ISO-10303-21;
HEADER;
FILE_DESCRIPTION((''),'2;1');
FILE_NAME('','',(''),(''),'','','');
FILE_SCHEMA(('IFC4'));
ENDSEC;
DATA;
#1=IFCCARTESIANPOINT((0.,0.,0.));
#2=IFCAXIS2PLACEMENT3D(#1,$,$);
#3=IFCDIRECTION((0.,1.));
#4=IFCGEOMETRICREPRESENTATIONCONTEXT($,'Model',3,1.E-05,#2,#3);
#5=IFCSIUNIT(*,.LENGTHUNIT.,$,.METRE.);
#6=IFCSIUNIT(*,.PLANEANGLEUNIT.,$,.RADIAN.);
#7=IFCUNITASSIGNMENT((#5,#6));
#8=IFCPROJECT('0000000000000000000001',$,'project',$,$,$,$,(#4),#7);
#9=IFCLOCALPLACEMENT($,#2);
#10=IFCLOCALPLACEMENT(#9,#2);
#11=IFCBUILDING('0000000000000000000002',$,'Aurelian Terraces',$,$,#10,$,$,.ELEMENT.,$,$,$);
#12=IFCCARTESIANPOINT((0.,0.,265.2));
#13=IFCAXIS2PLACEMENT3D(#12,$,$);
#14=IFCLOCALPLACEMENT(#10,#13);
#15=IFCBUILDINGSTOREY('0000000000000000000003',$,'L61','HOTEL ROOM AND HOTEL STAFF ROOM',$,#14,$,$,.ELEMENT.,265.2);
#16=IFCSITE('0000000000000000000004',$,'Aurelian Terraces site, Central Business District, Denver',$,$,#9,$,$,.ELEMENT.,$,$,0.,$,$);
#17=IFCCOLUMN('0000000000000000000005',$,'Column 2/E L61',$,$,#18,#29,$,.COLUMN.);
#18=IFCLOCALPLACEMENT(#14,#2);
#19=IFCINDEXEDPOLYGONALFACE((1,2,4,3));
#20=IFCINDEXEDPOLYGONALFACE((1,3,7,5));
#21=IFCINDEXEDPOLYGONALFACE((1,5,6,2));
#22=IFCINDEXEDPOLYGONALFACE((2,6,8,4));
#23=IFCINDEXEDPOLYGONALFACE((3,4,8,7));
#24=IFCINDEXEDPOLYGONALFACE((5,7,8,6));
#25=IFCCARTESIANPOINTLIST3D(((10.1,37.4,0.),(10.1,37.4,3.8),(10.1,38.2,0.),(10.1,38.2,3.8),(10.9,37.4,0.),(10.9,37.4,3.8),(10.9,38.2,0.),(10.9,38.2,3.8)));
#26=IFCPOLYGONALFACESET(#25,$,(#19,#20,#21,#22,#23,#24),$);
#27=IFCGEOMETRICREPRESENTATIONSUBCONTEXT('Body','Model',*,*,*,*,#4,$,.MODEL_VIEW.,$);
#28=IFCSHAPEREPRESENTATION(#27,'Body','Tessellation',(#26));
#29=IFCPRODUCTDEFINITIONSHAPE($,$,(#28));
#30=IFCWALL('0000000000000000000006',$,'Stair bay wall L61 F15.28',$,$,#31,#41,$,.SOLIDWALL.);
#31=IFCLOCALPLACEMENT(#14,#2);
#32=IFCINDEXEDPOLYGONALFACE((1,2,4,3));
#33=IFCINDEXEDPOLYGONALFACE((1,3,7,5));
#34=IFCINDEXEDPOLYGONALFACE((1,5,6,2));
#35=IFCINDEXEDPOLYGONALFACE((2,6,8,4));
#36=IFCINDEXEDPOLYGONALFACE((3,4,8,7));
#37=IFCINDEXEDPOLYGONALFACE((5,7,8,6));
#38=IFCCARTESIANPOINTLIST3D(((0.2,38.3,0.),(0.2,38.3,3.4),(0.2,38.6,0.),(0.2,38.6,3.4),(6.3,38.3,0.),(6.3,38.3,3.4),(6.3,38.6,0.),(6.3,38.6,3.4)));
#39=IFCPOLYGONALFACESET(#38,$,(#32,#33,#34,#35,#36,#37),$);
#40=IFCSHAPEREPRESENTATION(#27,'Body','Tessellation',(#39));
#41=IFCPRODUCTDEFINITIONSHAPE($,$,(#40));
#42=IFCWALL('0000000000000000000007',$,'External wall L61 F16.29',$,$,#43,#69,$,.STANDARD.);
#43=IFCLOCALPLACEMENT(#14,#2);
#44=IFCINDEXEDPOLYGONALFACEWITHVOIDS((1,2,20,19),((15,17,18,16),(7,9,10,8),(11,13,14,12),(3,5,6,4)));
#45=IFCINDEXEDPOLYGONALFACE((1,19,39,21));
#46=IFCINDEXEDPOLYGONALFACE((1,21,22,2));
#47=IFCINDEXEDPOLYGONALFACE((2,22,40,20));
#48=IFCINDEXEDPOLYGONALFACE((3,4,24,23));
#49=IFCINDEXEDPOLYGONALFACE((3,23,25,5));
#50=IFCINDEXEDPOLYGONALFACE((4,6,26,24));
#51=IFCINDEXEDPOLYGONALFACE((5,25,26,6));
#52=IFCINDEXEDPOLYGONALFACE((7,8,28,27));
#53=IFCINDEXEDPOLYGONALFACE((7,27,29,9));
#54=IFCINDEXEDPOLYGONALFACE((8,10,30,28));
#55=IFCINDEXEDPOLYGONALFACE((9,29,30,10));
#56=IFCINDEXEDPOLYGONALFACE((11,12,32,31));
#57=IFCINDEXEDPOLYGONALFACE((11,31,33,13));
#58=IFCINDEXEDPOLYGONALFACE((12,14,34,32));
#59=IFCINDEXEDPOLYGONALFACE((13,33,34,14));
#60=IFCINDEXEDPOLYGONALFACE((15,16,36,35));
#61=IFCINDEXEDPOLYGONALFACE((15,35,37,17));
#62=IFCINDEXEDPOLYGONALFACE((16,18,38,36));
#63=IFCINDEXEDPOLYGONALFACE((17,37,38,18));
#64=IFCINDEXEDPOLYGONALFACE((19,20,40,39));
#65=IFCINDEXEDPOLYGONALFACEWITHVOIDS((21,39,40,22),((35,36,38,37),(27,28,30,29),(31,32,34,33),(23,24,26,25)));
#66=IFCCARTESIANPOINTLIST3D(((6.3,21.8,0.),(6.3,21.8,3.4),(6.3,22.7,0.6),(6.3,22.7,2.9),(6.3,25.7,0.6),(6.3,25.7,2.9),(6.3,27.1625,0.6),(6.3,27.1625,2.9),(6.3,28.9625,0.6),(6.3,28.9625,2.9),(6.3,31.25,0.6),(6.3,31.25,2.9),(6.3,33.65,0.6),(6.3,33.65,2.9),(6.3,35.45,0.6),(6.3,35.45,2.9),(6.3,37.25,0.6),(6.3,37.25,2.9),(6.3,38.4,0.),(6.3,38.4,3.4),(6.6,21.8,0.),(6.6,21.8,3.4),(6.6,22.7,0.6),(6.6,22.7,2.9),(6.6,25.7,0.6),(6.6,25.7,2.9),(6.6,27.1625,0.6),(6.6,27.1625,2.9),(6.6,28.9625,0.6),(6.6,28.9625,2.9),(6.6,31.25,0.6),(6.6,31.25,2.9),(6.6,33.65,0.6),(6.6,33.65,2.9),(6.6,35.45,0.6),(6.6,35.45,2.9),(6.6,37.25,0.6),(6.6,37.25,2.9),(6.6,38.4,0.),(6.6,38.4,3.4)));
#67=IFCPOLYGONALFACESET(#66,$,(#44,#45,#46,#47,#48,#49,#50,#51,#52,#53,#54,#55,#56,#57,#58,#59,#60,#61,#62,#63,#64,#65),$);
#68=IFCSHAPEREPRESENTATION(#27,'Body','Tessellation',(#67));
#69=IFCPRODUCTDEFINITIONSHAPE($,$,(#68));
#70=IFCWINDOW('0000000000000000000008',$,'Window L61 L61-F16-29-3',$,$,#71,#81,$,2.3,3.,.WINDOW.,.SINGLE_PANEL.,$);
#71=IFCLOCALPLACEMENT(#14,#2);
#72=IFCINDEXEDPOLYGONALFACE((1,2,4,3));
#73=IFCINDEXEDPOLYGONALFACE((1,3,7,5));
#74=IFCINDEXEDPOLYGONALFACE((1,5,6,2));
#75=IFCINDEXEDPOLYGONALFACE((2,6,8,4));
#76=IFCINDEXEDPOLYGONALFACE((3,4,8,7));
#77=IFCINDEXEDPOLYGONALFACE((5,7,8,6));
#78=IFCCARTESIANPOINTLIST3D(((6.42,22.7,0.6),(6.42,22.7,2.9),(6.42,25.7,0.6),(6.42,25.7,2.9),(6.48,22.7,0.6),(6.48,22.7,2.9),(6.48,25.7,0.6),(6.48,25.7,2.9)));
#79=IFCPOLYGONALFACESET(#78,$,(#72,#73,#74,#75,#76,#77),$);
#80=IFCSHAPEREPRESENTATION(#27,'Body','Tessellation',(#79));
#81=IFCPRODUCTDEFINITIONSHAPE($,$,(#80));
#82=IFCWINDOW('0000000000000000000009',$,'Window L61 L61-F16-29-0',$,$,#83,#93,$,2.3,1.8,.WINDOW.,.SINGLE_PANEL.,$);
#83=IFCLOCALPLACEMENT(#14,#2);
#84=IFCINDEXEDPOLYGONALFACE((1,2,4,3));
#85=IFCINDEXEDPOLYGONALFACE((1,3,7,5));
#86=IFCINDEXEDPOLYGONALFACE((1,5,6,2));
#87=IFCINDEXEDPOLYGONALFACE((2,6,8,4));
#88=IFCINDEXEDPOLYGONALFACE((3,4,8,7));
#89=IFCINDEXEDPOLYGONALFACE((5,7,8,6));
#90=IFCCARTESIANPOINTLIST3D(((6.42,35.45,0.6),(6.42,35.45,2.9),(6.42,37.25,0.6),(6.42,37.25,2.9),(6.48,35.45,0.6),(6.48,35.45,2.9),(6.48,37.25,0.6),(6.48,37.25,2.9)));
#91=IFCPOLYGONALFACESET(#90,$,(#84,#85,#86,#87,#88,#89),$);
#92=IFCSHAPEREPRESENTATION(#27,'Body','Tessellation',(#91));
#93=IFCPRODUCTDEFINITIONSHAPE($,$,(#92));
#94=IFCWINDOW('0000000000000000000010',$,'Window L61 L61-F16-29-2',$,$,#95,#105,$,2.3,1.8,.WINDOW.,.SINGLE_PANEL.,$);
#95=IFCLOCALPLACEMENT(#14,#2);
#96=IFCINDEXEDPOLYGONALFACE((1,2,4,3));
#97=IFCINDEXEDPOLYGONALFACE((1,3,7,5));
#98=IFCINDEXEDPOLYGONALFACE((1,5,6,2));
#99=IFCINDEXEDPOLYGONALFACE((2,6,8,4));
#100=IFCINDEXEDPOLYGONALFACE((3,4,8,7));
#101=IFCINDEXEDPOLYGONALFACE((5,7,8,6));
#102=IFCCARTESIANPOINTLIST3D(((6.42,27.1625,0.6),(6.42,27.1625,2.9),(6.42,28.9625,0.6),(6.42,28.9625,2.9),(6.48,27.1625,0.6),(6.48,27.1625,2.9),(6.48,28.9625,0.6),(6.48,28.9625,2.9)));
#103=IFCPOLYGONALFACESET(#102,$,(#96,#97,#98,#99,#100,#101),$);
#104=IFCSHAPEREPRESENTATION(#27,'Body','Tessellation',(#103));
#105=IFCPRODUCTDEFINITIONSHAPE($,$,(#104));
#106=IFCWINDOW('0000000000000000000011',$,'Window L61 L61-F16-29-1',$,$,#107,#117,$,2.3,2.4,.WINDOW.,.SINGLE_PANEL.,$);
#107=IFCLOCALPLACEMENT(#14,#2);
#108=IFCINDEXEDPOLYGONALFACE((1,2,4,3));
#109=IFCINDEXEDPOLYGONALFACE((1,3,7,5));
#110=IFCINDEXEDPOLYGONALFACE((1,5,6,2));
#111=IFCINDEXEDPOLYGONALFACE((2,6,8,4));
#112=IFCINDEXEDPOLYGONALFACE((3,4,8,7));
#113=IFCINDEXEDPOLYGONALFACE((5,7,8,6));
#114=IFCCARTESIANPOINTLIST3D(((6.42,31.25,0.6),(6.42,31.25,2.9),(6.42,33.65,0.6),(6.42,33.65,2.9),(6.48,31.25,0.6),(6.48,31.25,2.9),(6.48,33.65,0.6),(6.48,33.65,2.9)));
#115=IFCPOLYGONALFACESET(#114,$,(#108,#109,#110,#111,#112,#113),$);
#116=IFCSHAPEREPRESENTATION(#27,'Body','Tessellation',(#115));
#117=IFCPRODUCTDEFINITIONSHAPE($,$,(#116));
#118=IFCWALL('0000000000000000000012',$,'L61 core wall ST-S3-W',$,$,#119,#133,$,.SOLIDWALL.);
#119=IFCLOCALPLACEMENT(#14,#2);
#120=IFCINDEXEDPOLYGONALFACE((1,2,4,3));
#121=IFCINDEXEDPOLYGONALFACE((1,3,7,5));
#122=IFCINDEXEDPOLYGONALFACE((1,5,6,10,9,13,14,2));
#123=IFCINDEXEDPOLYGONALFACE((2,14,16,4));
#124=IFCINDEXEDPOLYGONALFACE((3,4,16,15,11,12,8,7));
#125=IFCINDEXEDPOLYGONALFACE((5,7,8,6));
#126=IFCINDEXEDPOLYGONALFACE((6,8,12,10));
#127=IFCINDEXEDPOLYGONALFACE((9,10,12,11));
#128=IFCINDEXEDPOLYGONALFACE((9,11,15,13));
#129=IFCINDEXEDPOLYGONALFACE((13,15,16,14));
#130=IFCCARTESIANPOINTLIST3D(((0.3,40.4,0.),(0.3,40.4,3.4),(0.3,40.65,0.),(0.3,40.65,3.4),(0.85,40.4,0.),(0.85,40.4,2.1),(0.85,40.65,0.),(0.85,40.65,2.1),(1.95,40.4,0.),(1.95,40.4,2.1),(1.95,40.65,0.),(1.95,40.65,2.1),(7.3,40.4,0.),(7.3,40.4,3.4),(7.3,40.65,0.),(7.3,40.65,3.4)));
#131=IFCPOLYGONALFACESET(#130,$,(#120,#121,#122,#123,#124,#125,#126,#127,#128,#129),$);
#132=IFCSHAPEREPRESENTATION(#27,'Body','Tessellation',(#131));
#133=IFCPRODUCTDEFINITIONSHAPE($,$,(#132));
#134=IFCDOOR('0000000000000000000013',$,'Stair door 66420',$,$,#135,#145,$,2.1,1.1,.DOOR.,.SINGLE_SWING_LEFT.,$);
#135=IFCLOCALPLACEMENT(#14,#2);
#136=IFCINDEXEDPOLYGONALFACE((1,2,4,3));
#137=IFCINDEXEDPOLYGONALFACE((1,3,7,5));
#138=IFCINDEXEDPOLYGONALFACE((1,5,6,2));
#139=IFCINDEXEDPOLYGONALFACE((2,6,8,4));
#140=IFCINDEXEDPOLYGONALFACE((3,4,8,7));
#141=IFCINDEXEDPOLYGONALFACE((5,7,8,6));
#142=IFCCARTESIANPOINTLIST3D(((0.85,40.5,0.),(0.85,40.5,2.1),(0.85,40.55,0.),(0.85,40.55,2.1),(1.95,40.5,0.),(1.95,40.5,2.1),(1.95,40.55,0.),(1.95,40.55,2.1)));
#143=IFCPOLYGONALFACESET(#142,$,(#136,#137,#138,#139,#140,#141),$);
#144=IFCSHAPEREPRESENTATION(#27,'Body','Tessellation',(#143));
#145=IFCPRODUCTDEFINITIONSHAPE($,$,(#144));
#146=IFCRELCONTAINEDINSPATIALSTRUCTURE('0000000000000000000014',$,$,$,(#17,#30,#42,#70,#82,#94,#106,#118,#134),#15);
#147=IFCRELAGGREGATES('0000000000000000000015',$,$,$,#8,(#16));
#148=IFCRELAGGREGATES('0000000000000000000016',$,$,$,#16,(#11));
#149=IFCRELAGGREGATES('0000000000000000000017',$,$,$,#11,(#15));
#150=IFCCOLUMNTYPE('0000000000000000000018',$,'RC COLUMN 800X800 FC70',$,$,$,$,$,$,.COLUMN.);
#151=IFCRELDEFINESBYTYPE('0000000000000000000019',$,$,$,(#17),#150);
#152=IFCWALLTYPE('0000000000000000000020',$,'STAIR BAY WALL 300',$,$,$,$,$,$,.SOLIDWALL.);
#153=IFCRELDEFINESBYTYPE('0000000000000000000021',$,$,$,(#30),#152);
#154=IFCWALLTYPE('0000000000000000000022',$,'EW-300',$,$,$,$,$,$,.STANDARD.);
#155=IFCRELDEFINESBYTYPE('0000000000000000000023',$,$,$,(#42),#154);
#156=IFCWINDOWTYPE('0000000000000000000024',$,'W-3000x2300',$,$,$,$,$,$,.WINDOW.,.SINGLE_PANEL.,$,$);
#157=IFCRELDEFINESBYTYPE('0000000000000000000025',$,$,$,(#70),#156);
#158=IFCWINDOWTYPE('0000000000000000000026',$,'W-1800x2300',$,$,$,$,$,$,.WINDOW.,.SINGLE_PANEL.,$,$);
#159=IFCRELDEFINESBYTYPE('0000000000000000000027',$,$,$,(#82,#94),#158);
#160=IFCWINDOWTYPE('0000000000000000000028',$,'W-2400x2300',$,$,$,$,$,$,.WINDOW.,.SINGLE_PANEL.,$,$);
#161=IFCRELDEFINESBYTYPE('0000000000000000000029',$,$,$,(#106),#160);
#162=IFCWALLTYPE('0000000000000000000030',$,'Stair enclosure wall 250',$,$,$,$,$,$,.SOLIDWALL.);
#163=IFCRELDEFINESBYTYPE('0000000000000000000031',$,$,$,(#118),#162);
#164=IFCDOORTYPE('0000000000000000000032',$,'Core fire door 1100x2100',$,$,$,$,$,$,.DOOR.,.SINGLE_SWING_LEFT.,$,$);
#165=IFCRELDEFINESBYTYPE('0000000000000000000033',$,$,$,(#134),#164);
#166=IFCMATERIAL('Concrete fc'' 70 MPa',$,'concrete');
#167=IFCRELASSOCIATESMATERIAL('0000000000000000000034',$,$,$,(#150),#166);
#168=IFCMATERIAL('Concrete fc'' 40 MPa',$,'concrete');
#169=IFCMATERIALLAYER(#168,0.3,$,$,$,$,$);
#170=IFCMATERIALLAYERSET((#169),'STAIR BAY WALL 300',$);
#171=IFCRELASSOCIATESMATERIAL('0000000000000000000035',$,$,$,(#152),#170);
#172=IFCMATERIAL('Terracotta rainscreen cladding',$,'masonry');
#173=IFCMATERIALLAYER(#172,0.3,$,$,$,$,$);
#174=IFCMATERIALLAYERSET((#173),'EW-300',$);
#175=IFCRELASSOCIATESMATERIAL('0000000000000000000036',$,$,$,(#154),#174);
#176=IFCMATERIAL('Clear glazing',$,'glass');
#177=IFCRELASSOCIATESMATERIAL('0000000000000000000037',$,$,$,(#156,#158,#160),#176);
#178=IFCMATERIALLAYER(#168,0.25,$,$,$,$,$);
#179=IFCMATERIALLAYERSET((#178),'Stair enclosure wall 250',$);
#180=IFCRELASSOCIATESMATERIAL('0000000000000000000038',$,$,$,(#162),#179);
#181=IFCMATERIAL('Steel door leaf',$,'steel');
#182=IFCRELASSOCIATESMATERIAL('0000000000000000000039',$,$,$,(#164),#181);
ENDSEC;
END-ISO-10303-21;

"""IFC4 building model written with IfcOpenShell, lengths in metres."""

from ifc_helpers import new_model, si_unit, direction, frame, frame_2d, origin, origin_2d, place, context, subcontext, project, spatial, rectangle, extrude, source, transform, mapped, material, layer, layer_set, material_profile, profile_set, type_object, element, fill, save


model = new_model("IFC4")

# Units and contexts
model_context = context("Model", 3, precision=1e-05, world=origin(), true_north=direction((0.0, 1.0)))
body_context = subcontext(model_context, "Body", "Model", "MODEL_VIEW")
ifc_project = project(units=[si_unit("LENGTHUNIT", "METRE"), si_unit("PLANEANGLEUNIT", "RADIAN")], contexts=[model_context])

# Site, building, storey
site_placement = place(None, origin())
site = spatial("IfcSite", under=ifc_project, at=site_placement, Name="Aurelian Terraces site, Central Business District, Denver", CompositionType="ELEMENT", RefElevation=0.0)
building_placement = place(site_placement, origin())
building = spatial("IfcBuilding", under=site, at=building_placement, Name="Aurelian Terraces", CompositionType="ELEMENT")
storey_placement = place(building_placement, frame((0.0, 0.0, 265.2)))
storey = spatial("IfcBuildingStorey", under=building, at=storey_placement, Name="L61", Description="HOTEL ROOM AND HOTEL STAFF ROOM", CompositionType="ELEMENT", Elevation=265.2)

# Column
ifc_material_1 = material(Name="Concrete fc' 70 MPa", Category="concrete")
ifc_material_profile = material_profile(ifc_material_1, rectangle(XDim=0.8, YDim=0.8, at=origin_2d()))
ifc_profile_set = profile_set([ifc_material_profile], Name="Concrete fc' 70 MPa")
column_type = type_object("IfcColumnType", Name="RC COLUMN 800X800 FC70", PredefinedType="COLUMN", material=ifc_profile_set)
shared_shape_1 = source(origin(), body_context, "Body", "SweptSolid", [
    extrude(rectangle(XDim=0.8, YDim=0.8, at=origin_2d()), origin(), (0.0, 0.0, 1.0), 3.8),
])
column_placement = place(storey_placement, frame((10.5, 37.8, 0.0), z_axis=(0.0, 0.0, 1.0), x_axis=(1.0, 0.0, 0.0)))
element("IfcColumn", 1, at=column_placement, inside=storey, type_object=column_type, Name="Column 2/E L61", PredefinedType="COLUMN", context=body_context, shape_type="MappedRepresentation", body=[
    mapped(shared_shape_1, transform((0.0, 0.0, 0.0), scale=1.0)),
])

# Wall
ifc_material_2 = material(Name="Concrete fc' 40 MPa", Category="concrete")
ifc_layer_1 = layer(ifc_material_2, 0.3)
ifc_layer_set_1 = layer_set([ifc_layer_1], Name="STAIR BAY WALL 300")
wall_type_1 = type_object("IfcWallType", Name="STAIR BAY WALL 300", PredefinedType="SOLIDWALL", material=ifc_layer_set_1)
shared_shape_2 = source(origin(), body_context, "Body", "SweptSolid", [
    extrude(rectangle(XDim=6.1, YDim=0.3, at=frame_2d((3.05, 0.0))), origin(), (0.0, 0.0, 1.0), 3.4),
])
wall_1_placement = place(storey_placement, frame((0.2, 38.45, 0.0), z_axis=(0.0, 0.0, 1.0), x_axis=(1.0, 0.0, 0.0)))
element("IfcWall", 2, at=wall_1_placement, inside=storey, type_object=wall_type_1, Name="Stair bay wall L61 F15.28", PredefinedType="SOLIDWALL", context=body_context, shape_type="MappedRepresentation", body=[
    mapped(shared_shape_2, transform((0.0, 0.0, 0.0), scale=1.0)),
])

# Wall, openings, windows
ifc_material_3 = material(Name="Terracotta rainscreen cladding", Category="masonry")
ifc_layer_2 = layer(ifc_material_3, 0.3)
ifc_layer_set_2 = layer_set([ifc_layer_2], Name="EW-300")
wall_type_2 = type_object("IfcWallType", Name="EW-300", PredefinedType="STANDARD", material=ifc_layer_set_2)
shared_shape_3 = source(origin(), body_context, "Body", "SweptSolid", [
    extrude(rectangle(XDim=16.6, YDim=0.3, at=frame_2d((8.3, 0.0))), origin(), (0.0, 0.0, 1.0), 3.4),
])
wall_2_placement = place(storey_placement, frame((6.45, 38.4, 0.0), z_axis=(0.0, 0.0, 1.0), x_axis=(0.0, -1.0, 0.0)))
wall_2 = element("IfcWall", 3, at=wall_2_placement, inside=storey, type_object=wall_type_2, Name="External wall L61 F16.29", PredefinedType="STANDARD", context=body_context, shape_type="MappedRepresentation", body=[
    mapped(shared_shape_3, transform((0.0, 0.0, 0.0), scale=1.0)),
])
shared_shape_4 = source(origin(), body_context, "Body", "SweptSolid", [
    extrude(rectangle(XDim=1.8, YDim=2.3, at=frame_2d((0.9, 1.15))), frame((0.0, 0.16, 0.0), z_axis=(0.0, -1.0, 0.0), x_axis=(1.0, 0.0, 0.0)), (0.0, 0.0, 1.0), 0.32),
])
opening_1_placement = place(wall_2_placement, frame((1.15, 0.0, 0.6)))
opening_1 = element("IfcOpeningElement", 4, at=opening_1_placement, cuts=wall_2, PredefinedType="OPENING", context=body_context, shape_type="MappedRepresentation", body=[
    mapped(shared_shape_4, transform((0.0, 0.0, 0.0), scale=1.0)),
])
shared_shape_5 = source(origin(), body_context, "Body", "SweptSolid", [
    extrude(rectangle(XDim=2.4, YDim=2.3, at=frame_2d((1.2, 1.15))), frame((0.0, 0.16, 0.0), z_axis=(0.0, -1.0, 0.0), x_axis=(1.0, 0.0, 0.0)), (0.0, 0.0, 1.0), 0.32),
])
opening_2_placement = place(wall_2_placement, frame((4.75, 0.0, 0.6)))
opening_2 = element("IfcOpeningElement", 5, at=opening_2_placement, cuts=wall_2, PredefinedType="OPENING", context=body_context, shape_type="MappedRepresentation", body=[
    mapped(shared_shape_5, transform((0.0, 0.0, 0.0), scale=1.0)),
])
opening_3_placement = place(wall_2_placement, frame((9.4375, 0.0, 0.6)))
opening_3 = element("IfcOpeningElement", 6, at=opening_3_placement, cuts=wall_2, PredefinedType="OPENING", context=body_context, shape_type="MappedRepresentation", body=[
    mapped(shared_shape_4, transform((0.0, 0.0, 0.0), scale=1.0)),
])
shared_shape_6 = source(origin(), body_context, "Body", "SweptSolid", [
    extrude(rectangle(XDim=3.0, YDim=2.3, at=frame_2d((1.5, 1.15))), frame((0.0, 0.16, 0.0), z_axis=(0.0, -1.0, 0.0), x_axis=(1.0, 0.0, 0.0)), (0.0, 0.0, 1.0), 0.32),
])
opening_4_placement = place(wall_2_placement, frame((12.7, 0.0, 0.6)))
opening_4 = element("IfcOpeningElement", 7, at=opening_4_placement, cuts=wall_2, PredefinedType="OPENING", context=body_context, shape_type="MappedRepresentation", body=[
    mapped(shared_shape_6, transform((0.0, 0.0, 0.0), scale=1.0)),
])
ifc_material_4 = material(Name="Clear glazing", Category="glass")
window_type_1 = type_object("IfcWindowType", Name="W-3000x2300", PartitioningType="SINGLE_PANEL", PredefinedType="WINDOW", material=ifc_material_4)
shared_shape_7 = source(origin(), body_context, "Body", "SweptSolid", [
    extrude(rectangle(XDim=3.0, YDim=2.3, at=frame_2d((1.5, 1.15))), frame((0.0, 0.03, 0.0), z_axis=(0.0, -1.0, 0.0), x_axis=(1.0, 0.0, 0.0)), (0.0, 0.0, 1.0), 0.06),
])
window_1_placement = place(opening_4_placement, origin())
window_1 = element("IfcWindow", 8, at=window_1_placement, inside=storey, type_object=window_type_1, Name="Window L61 L61-F16-29-3", OverallHeight=2.3, OverallWidth=3.0, PartitioningType="SINGLE_PANEL", PredefinedType="WINDOW", context=body_context, shape_type="MappedRepresentation", body=[
    mapped(shared_shape_7, transform((0.0, 0.0, 0.0), scale=1.0)),
])
fill(opening_4, window_1)
window_type_2 = type_object("IfcWindowType", Name="W-1800x2300", PartitioningType="SINGLE_PANEL", PredefinedType="WINDOW", material=ifc_material_4)
shared_shape_8 = source(origin(), body_context, "Body", "SweptSolid", [
    extrude(rectangle(XDim=1.8, YDim=2.3, at=frame_2d((0.9, 1.15))), frame((0.0, 0.03, 0.0), z_axis=(0.0, -1.0, 0.0), x_axis=(1.0, 0.0, 0.0)), (0.0, 0.0, 1.0), 0.06),
])
window_2_placement = place(opening_1_placement, origin())
window_2 = element("IfcWindow", 9, at=window_2_placement, inside=storey, type_object=window_type_2, Name="Window L61 L61-F16-29-0", OverallHeight=2.3, OverallWidth=1.8, PartitioningType="SINGLE_PANEL", PredefinedType="WINDOW", context=body_context, shape_type="MappedRepresentation", body=[
    mapped(shared_shape_8, transform((0.0, 0.0, 0.0), scale=1.0)),
])
fill(opening_1, window_2)
window_3_placement = place(opening_3_placement, origin())
window_3 = element("IfcWindow", 10, at=window_3_placement, inside=storey, type_object=window_type_2, Name="Window L61 L61-F16-29-2", OverallHeight=2.3, OverallWidth=1.8, PartitioningType="SINGLE_PANEL", PredefinedType="WINDOW", context=body_context, shape_type="MappedRepresentation", body=[
    mapped(shared_shape_8, transform((0.0, 0.0, 0.0), scale=1.0)),
])
fill(opening_3, window_3)
window_type_3 = type_object("IfcWindowType", Name="W-2400x2300", PartitioningType="SINGLE_PANEL", PredefinedType="WINDOW", material=ifc_material_4)
shared_shape_9 = source(origin(), body_context, "Body", "SweptSolid", [
    extrude(rectangle(XDim=2.4, YDim=2.3, at=frame_2d((1.2, 1.15))), frame((0.0, 0.03, 0.0), z_axis=(0.0, -1.0, 0.0), x_axis=(1.0, 0.0, 0.0)), (0.0, 0.0, 1.0), 0.06),
])
window_4_placement = place(opening_2_placement, origin())
window_4 = element("IfcWindow", 11, at=window_4_placement, inside=storey, type_object=window_type_3, Name="Window L61 L61-F16-29-1", OverallHeight=2.3, OverallWidth=2.4, PartitioningType="SINGLE_PANEL", PredefinedType="WINDOW", context=body_context, shape_type="MappedRepresentation", body=[
    mapped(shared_shape_9, transform((0.0, 0.0, 0.0), scale=1.0)),
])
fill(opening_2, window_4)

# Wall, opening, door
ifc_layer_3 = layer(ifc_material_2, 0.25)
ifc_layer_set_3 = layer_set([ifc_layer_3], Name="Stair enclosure wall 250")
wall_type_3 = type_object("IfcWallType", Name="Stair enclosure wall 250", PredefinedType="SOLIDWALL", material=ifc_layer_set_3)
shared_shape_10 = source(origin(), body_context, "Body", "SweptSolid", [
    extrude(rectangle(XDim=7.0, YDim=0.25, at=frame_2d((3.5, 0.0))), origin(), (0.0, 0.0, 1.0), 3.4),
])
wall_3_placement = place(storey_placement, frame((0.3, 40.525, 0.0), z_axis=(0.0, 0.0, 1.0), x_axis=(1.0, 0.0, 0.0)))
wall_3 = element("IfcWall", 12, at=wall_3_placement, inside=storey, type_object=wall_type_3, Name="L61 core wall ST-S3-W", PredefinedType="SOLIDWALL", context=body_context, shape_type="MappedRepresentation", body=[
    mapped(shared_shape_10, transform((0.0, 0.0, 0.0), scale=1.0)),
])
shared_shape_11 = source(origin(), body_context, "Body", "SweptSolid", [
    extrude(rectangle(XDim=1.1, YDim=2.1, at=frame_2d((0.55, 1.05))), frame((0.0, 0.135, 0.0), z_axis=(0.0, -1.0, 0.0), x_axis=(1.0, 0.0, 0.0)), (0.0, 0.0, 1.0), 0.27),
])
opening_5_placement = place(wall_3_placement, frame((0.55, 0.0, 0.0)))
opening_5 = element("IfcOpeningElement", 13, at=opening_5_placement, cuts=wall_3, PredefinedType="OPENING", context=body_context, shape_type="MappedRepresentation", body=[
    mapped(shared_shape_11, transform((0.0, 0.0, 0.0), scale=1.0)),
])
ifc_material_5 = material(Name="Steel door leaf", Category="steel")
door_type_1 = type_object("IfcDoorType", Name="Core fire door 1100x2100", OperationType="SINGLE_SWING_LEFT", PredefinedType="DOOR", material=ifc_material_5)
shared_shape_12 = source(origin(), body_context, "Body", "SweptSolid", [
    extrude(rectangle(XDim=1.1, YDim=2.1, at=frame_2d((0.55, 1.05))), frame((0.0, 0.025, 0.0), z_axis=(0.0, -1.0, 0.0), x_axis=(1.0, 0.0, 0.0)), (0.0, 0.0, 1.0), 0.05),
])
door_1_placement = place(opening_5_placement, origin())
door_1 = element("IfcDoor", 14, at=door_1_placement, inside=storey, type_object=door_type_1, Name="Stair door 66420", OperationType="SINGLE_SWING_LEFT", OverallHeight=2.1, OverallWidth=1.1, PredefinedType="DOOR", context=body_context, shape_type="MappedRepresentation", body=[
    mapped(shared_shape_12, transform((0.0, 0.0, 0.0), scale=1.0)),
])
fill(opening_5, door_1)

save(model, "model.ifc")
